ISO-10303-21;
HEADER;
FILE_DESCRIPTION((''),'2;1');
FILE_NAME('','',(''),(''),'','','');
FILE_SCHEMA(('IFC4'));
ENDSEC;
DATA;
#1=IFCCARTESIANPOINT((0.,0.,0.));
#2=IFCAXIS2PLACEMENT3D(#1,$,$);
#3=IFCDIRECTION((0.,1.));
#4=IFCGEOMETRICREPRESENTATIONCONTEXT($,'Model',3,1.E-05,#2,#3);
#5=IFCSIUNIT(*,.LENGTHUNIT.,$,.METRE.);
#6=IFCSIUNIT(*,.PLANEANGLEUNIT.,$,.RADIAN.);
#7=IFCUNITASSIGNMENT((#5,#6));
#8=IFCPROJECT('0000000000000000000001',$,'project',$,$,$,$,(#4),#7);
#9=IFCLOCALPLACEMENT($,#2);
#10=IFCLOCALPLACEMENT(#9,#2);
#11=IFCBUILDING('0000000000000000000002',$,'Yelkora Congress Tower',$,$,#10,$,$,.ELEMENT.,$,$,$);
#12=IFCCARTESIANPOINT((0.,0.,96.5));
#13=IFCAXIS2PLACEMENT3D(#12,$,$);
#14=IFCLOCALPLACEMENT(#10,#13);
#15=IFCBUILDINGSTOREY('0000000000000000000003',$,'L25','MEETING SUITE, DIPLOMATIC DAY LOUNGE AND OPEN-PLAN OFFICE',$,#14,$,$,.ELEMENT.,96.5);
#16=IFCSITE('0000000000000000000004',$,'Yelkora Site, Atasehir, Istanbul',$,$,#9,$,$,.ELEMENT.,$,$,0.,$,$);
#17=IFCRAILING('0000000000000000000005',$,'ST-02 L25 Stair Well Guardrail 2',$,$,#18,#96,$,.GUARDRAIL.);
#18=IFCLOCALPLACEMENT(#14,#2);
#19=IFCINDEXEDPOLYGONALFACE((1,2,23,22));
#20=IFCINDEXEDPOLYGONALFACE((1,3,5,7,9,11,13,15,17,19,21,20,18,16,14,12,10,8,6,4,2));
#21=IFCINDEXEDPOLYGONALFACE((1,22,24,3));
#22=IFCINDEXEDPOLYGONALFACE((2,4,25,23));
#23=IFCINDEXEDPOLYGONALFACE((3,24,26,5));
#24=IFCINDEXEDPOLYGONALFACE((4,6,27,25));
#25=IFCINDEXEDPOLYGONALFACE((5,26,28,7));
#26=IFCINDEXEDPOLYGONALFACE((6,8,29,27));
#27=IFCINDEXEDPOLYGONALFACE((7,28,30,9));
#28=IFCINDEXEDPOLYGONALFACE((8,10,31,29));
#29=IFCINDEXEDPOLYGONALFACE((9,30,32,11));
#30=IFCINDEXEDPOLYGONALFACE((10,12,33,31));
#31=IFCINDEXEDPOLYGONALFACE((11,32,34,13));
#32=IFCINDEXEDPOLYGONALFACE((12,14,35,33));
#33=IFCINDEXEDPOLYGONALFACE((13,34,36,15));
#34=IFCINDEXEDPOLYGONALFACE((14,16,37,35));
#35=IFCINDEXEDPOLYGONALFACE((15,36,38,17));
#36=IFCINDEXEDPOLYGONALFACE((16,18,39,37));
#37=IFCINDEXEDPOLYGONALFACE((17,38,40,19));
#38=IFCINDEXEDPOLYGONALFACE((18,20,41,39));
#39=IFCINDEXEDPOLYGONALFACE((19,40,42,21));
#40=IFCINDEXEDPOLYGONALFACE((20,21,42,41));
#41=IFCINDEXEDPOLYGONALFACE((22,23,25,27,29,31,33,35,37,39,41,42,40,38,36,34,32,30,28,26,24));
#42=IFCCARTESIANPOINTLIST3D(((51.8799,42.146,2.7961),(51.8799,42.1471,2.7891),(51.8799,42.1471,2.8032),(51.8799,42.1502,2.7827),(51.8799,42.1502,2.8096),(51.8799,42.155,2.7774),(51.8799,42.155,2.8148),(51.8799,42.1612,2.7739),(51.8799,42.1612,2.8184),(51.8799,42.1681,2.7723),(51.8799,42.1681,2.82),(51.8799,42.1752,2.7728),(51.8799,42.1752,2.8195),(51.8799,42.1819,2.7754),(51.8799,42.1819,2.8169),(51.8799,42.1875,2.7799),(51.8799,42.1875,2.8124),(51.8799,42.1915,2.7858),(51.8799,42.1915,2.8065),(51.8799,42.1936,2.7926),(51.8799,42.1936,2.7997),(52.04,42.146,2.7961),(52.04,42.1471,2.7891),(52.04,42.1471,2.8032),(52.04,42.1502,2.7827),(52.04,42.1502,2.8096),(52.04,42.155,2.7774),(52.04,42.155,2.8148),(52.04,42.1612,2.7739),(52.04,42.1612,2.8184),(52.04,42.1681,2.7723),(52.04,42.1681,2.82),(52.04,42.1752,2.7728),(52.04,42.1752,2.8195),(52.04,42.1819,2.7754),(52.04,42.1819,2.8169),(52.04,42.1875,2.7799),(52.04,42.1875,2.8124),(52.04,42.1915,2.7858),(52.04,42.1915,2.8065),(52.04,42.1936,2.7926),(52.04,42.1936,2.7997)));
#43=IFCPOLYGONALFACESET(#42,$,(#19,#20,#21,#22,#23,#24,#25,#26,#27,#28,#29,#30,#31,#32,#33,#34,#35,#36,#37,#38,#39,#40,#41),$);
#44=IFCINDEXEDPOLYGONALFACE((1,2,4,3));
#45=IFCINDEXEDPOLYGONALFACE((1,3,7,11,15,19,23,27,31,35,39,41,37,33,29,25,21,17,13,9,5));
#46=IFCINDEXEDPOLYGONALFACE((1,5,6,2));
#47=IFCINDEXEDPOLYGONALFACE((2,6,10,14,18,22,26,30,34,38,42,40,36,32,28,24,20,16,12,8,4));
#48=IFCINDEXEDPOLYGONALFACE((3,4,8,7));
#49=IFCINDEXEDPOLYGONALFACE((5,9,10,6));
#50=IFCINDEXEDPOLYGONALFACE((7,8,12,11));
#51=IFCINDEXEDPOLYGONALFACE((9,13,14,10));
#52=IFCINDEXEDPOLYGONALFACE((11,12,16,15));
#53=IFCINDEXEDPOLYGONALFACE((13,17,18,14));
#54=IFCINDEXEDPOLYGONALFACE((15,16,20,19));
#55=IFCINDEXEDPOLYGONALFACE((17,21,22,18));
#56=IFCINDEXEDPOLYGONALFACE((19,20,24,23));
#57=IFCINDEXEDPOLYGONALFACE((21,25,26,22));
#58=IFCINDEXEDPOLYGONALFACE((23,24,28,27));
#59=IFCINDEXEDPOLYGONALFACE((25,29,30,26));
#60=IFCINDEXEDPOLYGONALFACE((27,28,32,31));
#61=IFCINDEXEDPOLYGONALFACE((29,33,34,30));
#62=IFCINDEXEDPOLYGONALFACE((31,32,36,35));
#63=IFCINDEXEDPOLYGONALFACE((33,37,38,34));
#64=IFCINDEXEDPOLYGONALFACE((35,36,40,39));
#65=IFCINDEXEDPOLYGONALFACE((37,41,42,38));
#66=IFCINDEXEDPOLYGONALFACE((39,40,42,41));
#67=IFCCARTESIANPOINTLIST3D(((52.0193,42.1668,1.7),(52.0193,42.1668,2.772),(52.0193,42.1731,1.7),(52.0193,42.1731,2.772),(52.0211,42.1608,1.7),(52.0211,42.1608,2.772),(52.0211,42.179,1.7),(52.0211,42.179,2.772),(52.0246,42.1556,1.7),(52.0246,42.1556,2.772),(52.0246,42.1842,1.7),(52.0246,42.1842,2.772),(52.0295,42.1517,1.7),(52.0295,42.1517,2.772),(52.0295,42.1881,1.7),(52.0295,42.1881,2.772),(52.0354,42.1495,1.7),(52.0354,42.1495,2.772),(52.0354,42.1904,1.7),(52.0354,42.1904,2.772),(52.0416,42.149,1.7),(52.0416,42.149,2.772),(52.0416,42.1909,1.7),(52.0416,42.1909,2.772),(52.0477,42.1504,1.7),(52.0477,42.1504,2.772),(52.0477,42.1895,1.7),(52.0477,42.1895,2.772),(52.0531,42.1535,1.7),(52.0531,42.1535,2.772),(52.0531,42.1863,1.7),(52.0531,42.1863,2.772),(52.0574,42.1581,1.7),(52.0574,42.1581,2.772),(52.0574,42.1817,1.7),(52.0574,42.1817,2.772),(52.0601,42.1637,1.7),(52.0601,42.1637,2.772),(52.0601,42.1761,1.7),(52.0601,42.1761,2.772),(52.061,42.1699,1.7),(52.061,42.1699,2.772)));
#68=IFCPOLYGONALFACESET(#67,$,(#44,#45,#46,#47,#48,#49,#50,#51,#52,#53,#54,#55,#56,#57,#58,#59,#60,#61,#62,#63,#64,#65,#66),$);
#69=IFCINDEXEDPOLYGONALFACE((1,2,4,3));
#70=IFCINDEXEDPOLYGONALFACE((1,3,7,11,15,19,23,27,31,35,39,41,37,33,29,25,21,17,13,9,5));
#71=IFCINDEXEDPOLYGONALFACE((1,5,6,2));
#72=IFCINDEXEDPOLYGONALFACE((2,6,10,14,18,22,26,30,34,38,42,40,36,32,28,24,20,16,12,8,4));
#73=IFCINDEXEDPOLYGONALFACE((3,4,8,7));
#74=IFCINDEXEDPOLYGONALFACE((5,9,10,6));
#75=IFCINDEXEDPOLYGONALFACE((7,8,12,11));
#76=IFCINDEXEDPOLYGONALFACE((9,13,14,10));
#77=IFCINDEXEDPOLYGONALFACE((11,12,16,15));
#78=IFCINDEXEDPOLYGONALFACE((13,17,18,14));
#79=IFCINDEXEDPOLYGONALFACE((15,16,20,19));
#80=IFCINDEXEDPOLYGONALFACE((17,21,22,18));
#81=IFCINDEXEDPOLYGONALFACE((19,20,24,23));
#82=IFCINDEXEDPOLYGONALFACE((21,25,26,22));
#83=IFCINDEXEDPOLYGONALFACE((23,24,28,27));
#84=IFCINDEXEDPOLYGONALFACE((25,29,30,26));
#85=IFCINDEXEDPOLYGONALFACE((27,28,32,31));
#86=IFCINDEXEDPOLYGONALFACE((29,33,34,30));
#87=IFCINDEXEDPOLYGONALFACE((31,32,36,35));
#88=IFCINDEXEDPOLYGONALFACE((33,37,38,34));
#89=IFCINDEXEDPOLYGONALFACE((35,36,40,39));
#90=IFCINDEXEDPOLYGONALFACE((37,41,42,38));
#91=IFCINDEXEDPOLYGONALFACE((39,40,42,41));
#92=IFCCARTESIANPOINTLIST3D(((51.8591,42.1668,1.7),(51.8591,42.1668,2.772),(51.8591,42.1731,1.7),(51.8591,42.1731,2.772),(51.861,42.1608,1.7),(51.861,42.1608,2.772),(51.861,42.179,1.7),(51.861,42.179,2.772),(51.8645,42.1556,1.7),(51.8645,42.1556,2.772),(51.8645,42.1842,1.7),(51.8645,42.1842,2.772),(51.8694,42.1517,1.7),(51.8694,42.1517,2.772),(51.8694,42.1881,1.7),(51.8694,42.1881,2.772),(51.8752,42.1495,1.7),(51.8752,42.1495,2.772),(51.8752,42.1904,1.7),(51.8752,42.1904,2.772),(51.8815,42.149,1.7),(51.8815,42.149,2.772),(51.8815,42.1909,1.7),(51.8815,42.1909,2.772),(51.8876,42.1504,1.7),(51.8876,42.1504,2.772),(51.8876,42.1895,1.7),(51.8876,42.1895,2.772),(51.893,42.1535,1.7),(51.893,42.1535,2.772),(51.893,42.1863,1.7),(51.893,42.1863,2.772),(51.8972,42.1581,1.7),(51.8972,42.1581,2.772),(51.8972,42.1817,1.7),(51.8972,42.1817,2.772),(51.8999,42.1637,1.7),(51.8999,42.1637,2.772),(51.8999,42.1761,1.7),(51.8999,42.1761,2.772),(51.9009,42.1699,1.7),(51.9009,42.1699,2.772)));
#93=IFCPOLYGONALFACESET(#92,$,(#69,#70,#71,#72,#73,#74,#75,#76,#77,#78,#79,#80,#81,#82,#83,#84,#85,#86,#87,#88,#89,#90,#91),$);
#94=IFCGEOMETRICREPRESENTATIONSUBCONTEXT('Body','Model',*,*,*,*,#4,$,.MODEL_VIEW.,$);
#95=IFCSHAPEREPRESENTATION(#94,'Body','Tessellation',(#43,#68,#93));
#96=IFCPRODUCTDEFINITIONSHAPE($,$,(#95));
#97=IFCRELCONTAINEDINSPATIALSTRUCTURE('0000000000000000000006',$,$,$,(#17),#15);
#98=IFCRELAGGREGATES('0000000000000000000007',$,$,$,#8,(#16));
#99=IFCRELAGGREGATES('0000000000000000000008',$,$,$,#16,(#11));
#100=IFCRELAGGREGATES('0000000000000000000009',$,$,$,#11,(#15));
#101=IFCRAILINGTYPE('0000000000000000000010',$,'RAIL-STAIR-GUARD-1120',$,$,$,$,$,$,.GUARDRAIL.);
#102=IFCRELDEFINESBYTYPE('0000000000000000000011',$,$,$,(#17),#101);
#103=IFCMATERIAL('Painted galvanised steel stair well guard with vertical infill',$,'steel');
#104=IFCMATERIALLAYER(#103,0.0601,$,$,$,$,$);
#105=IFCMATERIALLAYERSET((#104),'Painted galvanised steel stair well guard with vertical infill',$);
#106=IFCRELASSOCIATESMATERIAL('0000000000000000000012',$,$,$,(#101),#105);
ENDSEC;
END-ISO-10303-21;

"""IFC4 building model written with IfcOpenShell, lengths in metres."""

from ifc_helpers import new_model, si_unit, direction, frame, origin, origin_2d, place, context, subcontext, project, spatial, circle, extrude, material, layer, layer_set, type_object, element, save


model = new_model("IFC4")

# Units and contexts
model_context = context("Model", 3, precision=1e-05, world=origin(), true_north=direction((0.0, 1.0)))
body_context = subcontext(model_context, "Body", "Model", "MODEL_VIEW")
ifc_project = project(units=[si_unit("LENGTHUNIT", "METRE"), si_unit("PLANEANGLEUNIT", "RADIAN")], contexts=[model_context])

# Site, building, storey
site_placement = place(None, origin())
site = spatial("IfcSite", under=ifc_project, at=site_placement, Name="Yelkora Site, Atasehir, Istanbul", CompositionType="ELEMENT", RefElevation=0.0)
building_placement = place(site_placement, origin())
building = spatial("IfcBuilding", under=site, at=building_placement, Name="Yelkora Congress Tower", CompositionType="ELEMENT")
storey_placement = place(building_placement, frame((0.0, 0.0, 96.5)))
storey = spatial("IfcBuildingStorey", under=building, at=storey_placement, Name="L25", Description="MEETING SUITE, DIPLOMATIC DAY LOUNGE AND OPEN-PLAN OFFICE", CompositionType="ELEMENT", Elevation=96.5)

# Railing
ifc_material_1 = material(Name="Painted galvanised steel stair well guard with vertical infill", Category="steel")
ifc_layer_1 = layer(ifc_material_1, 0.0601)
ifc_layer_set_1 = layer_set([ifc_layer_1], Name="Painted galvanised steel stair well guard with vertical infill")
railing_type_1 = type_object("IfcRailingType", Name="RAIL-STAIR-GUARD-1120", PredefinedType="GUARDRAIL", material=ifc_layer_set_1)
railing_1_placement = place(storey_placement, frame((52.04, 42.1699, 1.7)))
element("IfcRailing", 1, at=railing_1_placement, inside=storey, type_object=railing_type_1, Name="ST-02 L25 Stair Well Guardrail 2", PredefinedType="GUARDRAIL", context=body_context, shape_type="SweptSolid", body=[
    extrude(circle(Radius=0.0239, at=origin_2d()), frame((0.0, 0.0, 1.0962), z_axis=(-1.0, 0.0, 0.0), x_axis=(0.0, -1.0, 0.0)), (0.0, 0.0, 1.0), 0.1602),
    extrude(circle(Radius=0.021, at=origin_2d()), origin(), (0.0, 0.0, 1.0), 1.072),
    extrude(circle(Radius=0.021, at=origin_2d()), frame((-0.1602, 0.0, 0.0)), (0.0, 0.0, 1.0), 1.072),
])

save(model, "model.ifc")
